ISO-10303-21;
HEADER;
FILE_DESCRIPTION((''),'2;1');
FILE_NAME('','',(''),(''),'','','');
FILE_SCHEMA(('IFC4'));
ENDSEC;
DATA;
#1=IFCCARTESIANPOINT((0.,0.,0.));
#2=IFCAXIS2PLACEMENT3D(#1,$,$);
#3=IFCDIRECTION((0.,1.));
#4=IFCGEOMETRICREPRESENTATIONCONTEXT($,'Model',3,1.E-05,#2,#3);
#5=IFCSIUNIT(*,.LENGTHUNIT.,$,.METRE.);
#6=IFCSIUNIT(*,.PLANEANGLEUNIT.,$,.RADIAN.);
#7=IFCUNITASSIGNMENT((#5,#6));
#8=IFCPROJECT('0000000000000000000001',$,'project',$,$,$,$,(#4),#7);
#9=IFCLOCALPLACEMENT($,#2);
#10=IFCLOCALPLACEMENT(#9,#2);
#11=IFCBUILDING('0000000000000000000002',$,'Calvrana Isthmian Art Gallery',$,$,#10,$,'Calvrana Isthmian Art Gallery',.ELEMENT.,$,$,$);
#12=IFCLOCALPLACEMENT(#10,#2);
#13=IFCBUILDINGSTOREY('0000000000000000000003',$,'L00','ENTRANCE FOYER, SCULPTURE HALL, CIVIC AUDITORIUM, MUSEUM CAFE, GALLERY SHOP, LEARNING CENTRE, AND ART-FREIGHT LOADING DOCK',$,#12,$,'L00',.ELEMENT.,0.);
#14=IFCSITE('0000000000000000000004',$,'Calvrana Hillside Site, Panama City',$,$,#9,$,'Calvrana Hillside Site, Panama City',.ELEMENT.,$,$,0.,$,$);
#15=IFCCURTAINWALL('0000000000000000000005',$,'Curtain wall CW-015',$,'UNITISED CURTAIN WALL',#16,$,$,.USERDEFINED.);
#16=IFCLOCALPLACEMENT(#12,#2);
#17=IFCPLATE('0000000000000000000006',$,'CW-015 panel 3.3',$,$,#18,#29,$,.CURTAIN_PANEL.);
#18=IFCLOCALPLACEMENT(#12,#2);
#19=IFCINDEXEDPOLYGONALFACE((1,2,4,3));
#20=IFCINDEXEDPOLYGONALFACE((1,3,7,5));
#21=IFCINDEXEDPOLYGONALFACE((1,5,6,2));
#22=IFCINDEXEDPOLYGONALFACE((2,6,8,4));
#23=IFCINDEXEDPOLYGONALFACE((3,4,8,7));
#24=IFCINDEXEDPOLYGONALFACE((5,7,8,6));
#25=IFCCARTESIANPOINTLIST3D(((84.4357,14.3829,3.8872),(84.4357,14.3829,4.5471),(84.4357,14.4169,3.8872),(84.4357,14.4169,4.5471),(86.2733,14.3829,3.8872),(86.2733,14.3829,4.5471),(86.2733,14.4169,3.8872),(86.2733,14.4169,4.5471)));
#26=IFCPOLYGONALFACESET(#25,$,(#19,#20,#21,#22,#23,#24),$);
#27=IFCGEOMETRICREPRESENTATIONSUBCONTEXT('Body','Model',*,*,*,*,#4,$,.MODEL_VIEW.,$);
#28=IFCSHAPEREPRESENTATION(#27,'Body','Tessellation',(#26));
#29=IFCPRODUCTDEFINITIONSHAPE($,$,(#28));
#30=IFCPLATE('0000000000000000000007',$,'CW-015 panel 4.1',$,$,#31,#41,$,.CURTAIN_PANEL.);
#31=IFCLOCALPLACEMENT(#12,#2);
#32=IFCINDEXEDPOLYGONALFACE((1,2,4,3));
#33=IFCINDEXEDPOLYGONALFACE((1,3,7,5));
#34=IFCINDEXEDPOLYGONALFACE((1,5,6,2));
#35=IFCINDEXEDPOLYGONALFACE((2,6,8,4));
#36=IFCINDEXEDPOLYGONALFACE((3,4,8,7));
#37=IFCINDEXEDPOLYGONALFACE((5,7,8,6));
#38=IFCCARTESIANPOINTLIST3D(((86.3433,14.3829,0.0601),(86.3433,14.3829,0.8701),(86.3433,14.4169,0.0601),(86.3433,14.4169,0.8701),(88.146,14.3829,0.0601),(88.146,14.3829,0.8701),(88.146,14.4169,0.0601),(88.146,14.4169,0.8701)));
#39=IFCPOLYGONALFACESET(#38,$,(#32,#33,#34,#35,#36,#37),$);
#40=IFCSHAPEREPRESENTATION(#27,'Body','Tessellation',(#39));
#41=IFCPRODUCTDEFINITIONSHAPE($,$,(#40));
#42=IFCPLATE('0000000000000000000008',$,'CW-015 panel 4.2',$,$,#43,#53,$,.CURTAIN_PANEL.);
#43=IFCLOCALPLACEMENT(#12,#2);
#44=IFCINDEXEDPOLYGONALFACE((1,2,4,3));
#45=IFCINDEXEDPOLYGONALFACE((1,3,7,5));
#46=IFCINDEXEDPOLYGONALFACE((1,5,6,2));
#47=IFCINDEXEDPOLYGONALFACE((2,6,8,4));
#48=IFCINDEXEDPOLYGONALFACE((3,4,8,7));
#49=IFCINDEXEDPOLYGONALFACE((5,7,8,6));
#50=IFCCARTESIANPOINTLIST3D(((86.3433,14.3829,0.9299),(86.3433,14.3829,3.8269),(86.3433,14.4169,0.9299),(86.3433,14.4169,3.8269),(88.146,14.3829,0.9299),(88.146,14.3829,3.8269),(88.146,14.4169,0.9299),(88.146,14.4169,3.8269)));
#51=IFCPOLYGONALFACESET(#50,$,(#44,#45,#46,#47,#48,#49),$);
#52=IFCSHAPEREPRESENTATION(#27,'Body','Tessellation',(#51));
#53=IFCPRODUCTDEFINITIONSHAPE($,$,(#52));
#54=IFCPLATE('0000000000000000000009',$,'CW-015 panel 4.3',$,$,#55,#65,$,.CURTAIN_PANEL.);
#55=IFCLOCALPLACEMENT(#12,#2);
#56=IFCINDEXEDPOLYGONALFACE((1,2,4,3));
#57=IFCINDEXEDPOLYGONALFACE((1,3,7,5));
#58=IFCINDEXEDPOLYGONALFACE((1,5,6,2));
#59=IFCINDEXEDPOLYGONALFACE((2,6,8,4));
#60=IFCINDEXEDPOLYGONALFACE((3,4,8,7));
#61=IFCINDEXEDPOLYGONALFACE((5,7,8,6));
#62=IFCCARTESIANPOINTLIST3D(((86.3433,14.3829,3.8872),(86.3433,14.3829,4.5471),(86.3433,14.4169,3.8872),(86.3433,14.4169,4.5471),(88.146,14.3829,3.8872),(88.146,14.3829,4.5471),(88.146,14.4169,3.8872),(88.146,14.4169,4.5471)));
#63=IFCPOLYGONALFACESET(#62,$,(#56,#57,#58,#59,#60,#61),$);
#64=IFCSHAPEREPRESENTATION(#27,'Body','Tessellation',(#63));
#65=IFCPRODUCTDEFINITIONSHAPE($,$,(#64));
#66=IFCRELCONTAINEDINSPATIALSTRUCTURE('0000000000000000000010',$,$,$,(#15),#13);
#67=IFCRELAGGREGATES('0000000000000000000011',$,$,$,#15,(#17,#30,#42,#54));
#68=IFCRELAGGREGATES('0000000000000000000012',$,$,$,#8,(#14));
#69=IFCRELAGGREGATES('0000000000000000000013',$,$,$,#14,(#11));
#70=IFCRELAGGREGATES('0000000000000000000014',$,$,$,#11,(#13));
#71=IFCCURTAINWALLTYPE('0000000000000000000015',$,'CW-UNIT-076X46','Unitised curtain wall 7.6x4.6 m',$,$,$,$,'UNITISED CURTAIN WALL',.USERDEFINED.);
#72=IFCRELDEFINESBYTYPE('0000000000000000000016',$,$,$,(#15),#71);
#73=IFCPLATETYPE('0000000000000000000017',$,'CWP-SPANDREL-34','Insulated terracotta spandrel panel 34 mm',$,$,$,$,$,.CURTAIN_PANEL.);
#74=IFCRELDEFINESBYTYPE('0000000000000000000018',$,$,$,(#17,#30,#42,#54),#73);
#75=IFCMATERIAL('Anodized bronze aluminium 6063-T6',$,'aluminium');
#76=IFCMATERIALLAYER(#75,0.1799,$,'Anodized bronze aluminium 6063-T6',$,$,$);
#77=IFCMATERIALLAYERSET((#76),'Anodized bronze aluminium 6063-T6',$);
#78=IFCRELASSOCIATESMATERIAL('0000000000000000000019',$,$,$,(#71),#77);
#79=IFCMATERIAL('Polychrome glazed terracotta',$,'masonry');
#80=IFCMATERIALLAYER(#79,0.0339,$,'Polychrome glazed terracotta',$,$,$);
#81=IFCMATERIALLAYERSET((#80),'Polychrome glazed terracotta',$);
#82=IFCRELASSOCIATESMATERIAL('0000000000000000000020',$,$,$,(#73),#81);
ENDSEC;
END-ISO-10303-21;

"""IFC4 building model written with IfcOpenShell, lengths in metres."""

from ifc_helpers import new_model, si_unit, direction, frame, origin, origin_2d, place, context, subcontext, project, spatial, rectangle, extrude, material, layer, layer_set, type_object, element, aggregate, save


model = new_model("IFC4")

# Units and contexts
model_context = context("Model", 3, precision=1e-05, world=origin(), true_north=direction((0.0, 1.0)))
body_context = subcontext(model_context, "Body", "Model", "MODEL_VIEW")
ifc_project = project(units=[si_unit("LENGTHUNIT", "METRE"), si_unit("PLANEANGLEUNIT", "RADIAN")], contexts=[model_context])

# Site, building, storey
site_placement = place(None, origin())
site = spatial("IfcSite", under=ifc_project, at=site_placement, Name="Calvrana Hillside Site, Panama City", LongName="Calvrana Hillside Site, Panama City", CompositionType="ELEMENT", RefElevation=0.0)
building_placement = place(site_placement, origin())
building = spatial("IfcBuilding", under=site, at=building_placement, Name="Calvrana Isthmian Art Gallery", LongName="Calvrana Isthmian Art Gallery", CompositionType="ELEMENT")
storey_placement = place(building_placement, origin())
storey = spatial("IfcBuildingStorey", under=building, at=storey_placement, Name="L00", Description="ENTRANCE FOYER, SCULPTURE HALL, CIVIC AUDITORIUM, MUSEUM CAFE, GALLERY SHOP, LEARNING CENTRE, AND ART-FREIGHT LOADING DOCK", LongName="L00", CompositionType="ELEMENT", Elevation=0.0)

# Curtain wall
ifc_material_1 = material(Name="Anodized bronze aluminium 6063-T6", Category="aluminium")
ifc_layer_1 = layer(ifc_material_1, 0.1799, Name="Anodized bronze aluminium 6063-T6")
ifc_layer_set_1 = layer_set([ifc_layer_1], Name="Anodized bronze aluminium 6063-T6")
curtain_wall_type_1 = type_object("IfcCurtainWallType", Name="CW-UNIT-076X46", Description="Unitised curtain wall 7.6x4.6 m", ElementType="UNITISED CURTAIN WALL", PredefinedType="USERDEFINED", material=ifc_layer_set_1)
curtain_wall_1_placement = place(storey_placement, origin())
curtain_wall_1 = element("IfcCurtainWall", 1, at=curtain_wall_1_placement, inside=storey, type_object=curtain_wall_type_1, Name="Curtain wall CW-015", ObjectType="UNITISED CURTAIN WALL", PredefinedType="USERDEFINED")

# Plates
ifc_material_2 = material(Name="Polychrome glazed terracotta", Category="masonry")
ifc_layer_2 = layer(ifc_material_2, 0.0339, Name="Polychrome glazed terracotta")
ifc_layer_set_2 = layer_set([ifc_layer_2], Name="Polychrome glazed terracotta")
plate_type = type_object("IfcPlateType", Name="CWP-SPANDREL-34", Description="Insulated terracotta spandrel panel 34 mm", PredefinedType="CURTAIN_PANEL", material=ifc_layer_set_2)
plate_1_placement = place(storey_placement, frame((85.3545, 14.3999, 3.8872), z_axis=(0.0, 0.0, 1.0), x_axis=(1.0, 0.0, 0.0)))
plate_1 = element("IfcPlate", 2, at=plate_1_placement, type_object=plate_type, Name="CW-015 panel 3.3", PredefinedType="CURTAIN_PANEL", context=body_context, shape_type="SweptSolid", body=[
    extrude(rectangle(XDim=1.8376, YDim=0.0339, at=origin_2d()), origin(), (0.0, 0.0, 1.0), 0.6599),
])
plate_2_placement = place(storey_placement, frame((87.2446, 14.3999, 0.0601), z_axis=(0.0, 0.0, 1.0), x_axis=(1.0, 0.0, 0.0)))
plate_2 = element("IfcPlate", 3, at=plate_2_placement, type_object=plate_type, Name="CW-015 panel 4.1", PredefinedType="CURTAIN_PANEL", context=body_context, shape_type="SweptSolid", body=[
    extrude(rectangle(XDim=1.8027, YDim=0.0339, at=origin_2d()), origin(), (0.0, 0.0, 1.0), 0.8101),
])
plate_3_placement = place(storey_placement, frame((87.2446, 14.3999, 0.9299), z_axis=(0.0, 0.0, 1.0), x_axis=(1.0, 0.0, 0.0)))
plate_3 = element("IfcPlate", 4, at=plate_3_placement, type_object=plate_type, Name="CW-015 panel 4.2", PredefinedType="CURTAIN_PANEL", context=body_context, shape_type="SweptSolid", body=[
    extrude(rectangle(XDim=1.8027, YDim=0.0339, at=origin_2d()), origin(), (0.0, 0.0, 1.0), 2.897),
])
plate_4_placement = place(storey_placement, frame((87.2446, 14.3999, 3.8872), z_axis=(0.0, 0.0, 1.0), x_axis=(1.0, 0.0, 0.0)))
plate_4 = element("IfcPlate", 5, at=plate_4_placement, type_object=plate_type, Name="CW-015 panel 4.3", PredefinedType="CURTAIN_PANEL", context=body_context, shape_type="SweptSolid", body=[
    extrude(rectangle(XDim=1.8027, YDim=0.0339, at=origin_2d()), origin(), (0.0, 0.0, 1.0), 0.6599),
])
aggregate(curtain_wall_1, [plate_1, plate_2, plate_3, plate_4])

save(model, "model.ifc")
